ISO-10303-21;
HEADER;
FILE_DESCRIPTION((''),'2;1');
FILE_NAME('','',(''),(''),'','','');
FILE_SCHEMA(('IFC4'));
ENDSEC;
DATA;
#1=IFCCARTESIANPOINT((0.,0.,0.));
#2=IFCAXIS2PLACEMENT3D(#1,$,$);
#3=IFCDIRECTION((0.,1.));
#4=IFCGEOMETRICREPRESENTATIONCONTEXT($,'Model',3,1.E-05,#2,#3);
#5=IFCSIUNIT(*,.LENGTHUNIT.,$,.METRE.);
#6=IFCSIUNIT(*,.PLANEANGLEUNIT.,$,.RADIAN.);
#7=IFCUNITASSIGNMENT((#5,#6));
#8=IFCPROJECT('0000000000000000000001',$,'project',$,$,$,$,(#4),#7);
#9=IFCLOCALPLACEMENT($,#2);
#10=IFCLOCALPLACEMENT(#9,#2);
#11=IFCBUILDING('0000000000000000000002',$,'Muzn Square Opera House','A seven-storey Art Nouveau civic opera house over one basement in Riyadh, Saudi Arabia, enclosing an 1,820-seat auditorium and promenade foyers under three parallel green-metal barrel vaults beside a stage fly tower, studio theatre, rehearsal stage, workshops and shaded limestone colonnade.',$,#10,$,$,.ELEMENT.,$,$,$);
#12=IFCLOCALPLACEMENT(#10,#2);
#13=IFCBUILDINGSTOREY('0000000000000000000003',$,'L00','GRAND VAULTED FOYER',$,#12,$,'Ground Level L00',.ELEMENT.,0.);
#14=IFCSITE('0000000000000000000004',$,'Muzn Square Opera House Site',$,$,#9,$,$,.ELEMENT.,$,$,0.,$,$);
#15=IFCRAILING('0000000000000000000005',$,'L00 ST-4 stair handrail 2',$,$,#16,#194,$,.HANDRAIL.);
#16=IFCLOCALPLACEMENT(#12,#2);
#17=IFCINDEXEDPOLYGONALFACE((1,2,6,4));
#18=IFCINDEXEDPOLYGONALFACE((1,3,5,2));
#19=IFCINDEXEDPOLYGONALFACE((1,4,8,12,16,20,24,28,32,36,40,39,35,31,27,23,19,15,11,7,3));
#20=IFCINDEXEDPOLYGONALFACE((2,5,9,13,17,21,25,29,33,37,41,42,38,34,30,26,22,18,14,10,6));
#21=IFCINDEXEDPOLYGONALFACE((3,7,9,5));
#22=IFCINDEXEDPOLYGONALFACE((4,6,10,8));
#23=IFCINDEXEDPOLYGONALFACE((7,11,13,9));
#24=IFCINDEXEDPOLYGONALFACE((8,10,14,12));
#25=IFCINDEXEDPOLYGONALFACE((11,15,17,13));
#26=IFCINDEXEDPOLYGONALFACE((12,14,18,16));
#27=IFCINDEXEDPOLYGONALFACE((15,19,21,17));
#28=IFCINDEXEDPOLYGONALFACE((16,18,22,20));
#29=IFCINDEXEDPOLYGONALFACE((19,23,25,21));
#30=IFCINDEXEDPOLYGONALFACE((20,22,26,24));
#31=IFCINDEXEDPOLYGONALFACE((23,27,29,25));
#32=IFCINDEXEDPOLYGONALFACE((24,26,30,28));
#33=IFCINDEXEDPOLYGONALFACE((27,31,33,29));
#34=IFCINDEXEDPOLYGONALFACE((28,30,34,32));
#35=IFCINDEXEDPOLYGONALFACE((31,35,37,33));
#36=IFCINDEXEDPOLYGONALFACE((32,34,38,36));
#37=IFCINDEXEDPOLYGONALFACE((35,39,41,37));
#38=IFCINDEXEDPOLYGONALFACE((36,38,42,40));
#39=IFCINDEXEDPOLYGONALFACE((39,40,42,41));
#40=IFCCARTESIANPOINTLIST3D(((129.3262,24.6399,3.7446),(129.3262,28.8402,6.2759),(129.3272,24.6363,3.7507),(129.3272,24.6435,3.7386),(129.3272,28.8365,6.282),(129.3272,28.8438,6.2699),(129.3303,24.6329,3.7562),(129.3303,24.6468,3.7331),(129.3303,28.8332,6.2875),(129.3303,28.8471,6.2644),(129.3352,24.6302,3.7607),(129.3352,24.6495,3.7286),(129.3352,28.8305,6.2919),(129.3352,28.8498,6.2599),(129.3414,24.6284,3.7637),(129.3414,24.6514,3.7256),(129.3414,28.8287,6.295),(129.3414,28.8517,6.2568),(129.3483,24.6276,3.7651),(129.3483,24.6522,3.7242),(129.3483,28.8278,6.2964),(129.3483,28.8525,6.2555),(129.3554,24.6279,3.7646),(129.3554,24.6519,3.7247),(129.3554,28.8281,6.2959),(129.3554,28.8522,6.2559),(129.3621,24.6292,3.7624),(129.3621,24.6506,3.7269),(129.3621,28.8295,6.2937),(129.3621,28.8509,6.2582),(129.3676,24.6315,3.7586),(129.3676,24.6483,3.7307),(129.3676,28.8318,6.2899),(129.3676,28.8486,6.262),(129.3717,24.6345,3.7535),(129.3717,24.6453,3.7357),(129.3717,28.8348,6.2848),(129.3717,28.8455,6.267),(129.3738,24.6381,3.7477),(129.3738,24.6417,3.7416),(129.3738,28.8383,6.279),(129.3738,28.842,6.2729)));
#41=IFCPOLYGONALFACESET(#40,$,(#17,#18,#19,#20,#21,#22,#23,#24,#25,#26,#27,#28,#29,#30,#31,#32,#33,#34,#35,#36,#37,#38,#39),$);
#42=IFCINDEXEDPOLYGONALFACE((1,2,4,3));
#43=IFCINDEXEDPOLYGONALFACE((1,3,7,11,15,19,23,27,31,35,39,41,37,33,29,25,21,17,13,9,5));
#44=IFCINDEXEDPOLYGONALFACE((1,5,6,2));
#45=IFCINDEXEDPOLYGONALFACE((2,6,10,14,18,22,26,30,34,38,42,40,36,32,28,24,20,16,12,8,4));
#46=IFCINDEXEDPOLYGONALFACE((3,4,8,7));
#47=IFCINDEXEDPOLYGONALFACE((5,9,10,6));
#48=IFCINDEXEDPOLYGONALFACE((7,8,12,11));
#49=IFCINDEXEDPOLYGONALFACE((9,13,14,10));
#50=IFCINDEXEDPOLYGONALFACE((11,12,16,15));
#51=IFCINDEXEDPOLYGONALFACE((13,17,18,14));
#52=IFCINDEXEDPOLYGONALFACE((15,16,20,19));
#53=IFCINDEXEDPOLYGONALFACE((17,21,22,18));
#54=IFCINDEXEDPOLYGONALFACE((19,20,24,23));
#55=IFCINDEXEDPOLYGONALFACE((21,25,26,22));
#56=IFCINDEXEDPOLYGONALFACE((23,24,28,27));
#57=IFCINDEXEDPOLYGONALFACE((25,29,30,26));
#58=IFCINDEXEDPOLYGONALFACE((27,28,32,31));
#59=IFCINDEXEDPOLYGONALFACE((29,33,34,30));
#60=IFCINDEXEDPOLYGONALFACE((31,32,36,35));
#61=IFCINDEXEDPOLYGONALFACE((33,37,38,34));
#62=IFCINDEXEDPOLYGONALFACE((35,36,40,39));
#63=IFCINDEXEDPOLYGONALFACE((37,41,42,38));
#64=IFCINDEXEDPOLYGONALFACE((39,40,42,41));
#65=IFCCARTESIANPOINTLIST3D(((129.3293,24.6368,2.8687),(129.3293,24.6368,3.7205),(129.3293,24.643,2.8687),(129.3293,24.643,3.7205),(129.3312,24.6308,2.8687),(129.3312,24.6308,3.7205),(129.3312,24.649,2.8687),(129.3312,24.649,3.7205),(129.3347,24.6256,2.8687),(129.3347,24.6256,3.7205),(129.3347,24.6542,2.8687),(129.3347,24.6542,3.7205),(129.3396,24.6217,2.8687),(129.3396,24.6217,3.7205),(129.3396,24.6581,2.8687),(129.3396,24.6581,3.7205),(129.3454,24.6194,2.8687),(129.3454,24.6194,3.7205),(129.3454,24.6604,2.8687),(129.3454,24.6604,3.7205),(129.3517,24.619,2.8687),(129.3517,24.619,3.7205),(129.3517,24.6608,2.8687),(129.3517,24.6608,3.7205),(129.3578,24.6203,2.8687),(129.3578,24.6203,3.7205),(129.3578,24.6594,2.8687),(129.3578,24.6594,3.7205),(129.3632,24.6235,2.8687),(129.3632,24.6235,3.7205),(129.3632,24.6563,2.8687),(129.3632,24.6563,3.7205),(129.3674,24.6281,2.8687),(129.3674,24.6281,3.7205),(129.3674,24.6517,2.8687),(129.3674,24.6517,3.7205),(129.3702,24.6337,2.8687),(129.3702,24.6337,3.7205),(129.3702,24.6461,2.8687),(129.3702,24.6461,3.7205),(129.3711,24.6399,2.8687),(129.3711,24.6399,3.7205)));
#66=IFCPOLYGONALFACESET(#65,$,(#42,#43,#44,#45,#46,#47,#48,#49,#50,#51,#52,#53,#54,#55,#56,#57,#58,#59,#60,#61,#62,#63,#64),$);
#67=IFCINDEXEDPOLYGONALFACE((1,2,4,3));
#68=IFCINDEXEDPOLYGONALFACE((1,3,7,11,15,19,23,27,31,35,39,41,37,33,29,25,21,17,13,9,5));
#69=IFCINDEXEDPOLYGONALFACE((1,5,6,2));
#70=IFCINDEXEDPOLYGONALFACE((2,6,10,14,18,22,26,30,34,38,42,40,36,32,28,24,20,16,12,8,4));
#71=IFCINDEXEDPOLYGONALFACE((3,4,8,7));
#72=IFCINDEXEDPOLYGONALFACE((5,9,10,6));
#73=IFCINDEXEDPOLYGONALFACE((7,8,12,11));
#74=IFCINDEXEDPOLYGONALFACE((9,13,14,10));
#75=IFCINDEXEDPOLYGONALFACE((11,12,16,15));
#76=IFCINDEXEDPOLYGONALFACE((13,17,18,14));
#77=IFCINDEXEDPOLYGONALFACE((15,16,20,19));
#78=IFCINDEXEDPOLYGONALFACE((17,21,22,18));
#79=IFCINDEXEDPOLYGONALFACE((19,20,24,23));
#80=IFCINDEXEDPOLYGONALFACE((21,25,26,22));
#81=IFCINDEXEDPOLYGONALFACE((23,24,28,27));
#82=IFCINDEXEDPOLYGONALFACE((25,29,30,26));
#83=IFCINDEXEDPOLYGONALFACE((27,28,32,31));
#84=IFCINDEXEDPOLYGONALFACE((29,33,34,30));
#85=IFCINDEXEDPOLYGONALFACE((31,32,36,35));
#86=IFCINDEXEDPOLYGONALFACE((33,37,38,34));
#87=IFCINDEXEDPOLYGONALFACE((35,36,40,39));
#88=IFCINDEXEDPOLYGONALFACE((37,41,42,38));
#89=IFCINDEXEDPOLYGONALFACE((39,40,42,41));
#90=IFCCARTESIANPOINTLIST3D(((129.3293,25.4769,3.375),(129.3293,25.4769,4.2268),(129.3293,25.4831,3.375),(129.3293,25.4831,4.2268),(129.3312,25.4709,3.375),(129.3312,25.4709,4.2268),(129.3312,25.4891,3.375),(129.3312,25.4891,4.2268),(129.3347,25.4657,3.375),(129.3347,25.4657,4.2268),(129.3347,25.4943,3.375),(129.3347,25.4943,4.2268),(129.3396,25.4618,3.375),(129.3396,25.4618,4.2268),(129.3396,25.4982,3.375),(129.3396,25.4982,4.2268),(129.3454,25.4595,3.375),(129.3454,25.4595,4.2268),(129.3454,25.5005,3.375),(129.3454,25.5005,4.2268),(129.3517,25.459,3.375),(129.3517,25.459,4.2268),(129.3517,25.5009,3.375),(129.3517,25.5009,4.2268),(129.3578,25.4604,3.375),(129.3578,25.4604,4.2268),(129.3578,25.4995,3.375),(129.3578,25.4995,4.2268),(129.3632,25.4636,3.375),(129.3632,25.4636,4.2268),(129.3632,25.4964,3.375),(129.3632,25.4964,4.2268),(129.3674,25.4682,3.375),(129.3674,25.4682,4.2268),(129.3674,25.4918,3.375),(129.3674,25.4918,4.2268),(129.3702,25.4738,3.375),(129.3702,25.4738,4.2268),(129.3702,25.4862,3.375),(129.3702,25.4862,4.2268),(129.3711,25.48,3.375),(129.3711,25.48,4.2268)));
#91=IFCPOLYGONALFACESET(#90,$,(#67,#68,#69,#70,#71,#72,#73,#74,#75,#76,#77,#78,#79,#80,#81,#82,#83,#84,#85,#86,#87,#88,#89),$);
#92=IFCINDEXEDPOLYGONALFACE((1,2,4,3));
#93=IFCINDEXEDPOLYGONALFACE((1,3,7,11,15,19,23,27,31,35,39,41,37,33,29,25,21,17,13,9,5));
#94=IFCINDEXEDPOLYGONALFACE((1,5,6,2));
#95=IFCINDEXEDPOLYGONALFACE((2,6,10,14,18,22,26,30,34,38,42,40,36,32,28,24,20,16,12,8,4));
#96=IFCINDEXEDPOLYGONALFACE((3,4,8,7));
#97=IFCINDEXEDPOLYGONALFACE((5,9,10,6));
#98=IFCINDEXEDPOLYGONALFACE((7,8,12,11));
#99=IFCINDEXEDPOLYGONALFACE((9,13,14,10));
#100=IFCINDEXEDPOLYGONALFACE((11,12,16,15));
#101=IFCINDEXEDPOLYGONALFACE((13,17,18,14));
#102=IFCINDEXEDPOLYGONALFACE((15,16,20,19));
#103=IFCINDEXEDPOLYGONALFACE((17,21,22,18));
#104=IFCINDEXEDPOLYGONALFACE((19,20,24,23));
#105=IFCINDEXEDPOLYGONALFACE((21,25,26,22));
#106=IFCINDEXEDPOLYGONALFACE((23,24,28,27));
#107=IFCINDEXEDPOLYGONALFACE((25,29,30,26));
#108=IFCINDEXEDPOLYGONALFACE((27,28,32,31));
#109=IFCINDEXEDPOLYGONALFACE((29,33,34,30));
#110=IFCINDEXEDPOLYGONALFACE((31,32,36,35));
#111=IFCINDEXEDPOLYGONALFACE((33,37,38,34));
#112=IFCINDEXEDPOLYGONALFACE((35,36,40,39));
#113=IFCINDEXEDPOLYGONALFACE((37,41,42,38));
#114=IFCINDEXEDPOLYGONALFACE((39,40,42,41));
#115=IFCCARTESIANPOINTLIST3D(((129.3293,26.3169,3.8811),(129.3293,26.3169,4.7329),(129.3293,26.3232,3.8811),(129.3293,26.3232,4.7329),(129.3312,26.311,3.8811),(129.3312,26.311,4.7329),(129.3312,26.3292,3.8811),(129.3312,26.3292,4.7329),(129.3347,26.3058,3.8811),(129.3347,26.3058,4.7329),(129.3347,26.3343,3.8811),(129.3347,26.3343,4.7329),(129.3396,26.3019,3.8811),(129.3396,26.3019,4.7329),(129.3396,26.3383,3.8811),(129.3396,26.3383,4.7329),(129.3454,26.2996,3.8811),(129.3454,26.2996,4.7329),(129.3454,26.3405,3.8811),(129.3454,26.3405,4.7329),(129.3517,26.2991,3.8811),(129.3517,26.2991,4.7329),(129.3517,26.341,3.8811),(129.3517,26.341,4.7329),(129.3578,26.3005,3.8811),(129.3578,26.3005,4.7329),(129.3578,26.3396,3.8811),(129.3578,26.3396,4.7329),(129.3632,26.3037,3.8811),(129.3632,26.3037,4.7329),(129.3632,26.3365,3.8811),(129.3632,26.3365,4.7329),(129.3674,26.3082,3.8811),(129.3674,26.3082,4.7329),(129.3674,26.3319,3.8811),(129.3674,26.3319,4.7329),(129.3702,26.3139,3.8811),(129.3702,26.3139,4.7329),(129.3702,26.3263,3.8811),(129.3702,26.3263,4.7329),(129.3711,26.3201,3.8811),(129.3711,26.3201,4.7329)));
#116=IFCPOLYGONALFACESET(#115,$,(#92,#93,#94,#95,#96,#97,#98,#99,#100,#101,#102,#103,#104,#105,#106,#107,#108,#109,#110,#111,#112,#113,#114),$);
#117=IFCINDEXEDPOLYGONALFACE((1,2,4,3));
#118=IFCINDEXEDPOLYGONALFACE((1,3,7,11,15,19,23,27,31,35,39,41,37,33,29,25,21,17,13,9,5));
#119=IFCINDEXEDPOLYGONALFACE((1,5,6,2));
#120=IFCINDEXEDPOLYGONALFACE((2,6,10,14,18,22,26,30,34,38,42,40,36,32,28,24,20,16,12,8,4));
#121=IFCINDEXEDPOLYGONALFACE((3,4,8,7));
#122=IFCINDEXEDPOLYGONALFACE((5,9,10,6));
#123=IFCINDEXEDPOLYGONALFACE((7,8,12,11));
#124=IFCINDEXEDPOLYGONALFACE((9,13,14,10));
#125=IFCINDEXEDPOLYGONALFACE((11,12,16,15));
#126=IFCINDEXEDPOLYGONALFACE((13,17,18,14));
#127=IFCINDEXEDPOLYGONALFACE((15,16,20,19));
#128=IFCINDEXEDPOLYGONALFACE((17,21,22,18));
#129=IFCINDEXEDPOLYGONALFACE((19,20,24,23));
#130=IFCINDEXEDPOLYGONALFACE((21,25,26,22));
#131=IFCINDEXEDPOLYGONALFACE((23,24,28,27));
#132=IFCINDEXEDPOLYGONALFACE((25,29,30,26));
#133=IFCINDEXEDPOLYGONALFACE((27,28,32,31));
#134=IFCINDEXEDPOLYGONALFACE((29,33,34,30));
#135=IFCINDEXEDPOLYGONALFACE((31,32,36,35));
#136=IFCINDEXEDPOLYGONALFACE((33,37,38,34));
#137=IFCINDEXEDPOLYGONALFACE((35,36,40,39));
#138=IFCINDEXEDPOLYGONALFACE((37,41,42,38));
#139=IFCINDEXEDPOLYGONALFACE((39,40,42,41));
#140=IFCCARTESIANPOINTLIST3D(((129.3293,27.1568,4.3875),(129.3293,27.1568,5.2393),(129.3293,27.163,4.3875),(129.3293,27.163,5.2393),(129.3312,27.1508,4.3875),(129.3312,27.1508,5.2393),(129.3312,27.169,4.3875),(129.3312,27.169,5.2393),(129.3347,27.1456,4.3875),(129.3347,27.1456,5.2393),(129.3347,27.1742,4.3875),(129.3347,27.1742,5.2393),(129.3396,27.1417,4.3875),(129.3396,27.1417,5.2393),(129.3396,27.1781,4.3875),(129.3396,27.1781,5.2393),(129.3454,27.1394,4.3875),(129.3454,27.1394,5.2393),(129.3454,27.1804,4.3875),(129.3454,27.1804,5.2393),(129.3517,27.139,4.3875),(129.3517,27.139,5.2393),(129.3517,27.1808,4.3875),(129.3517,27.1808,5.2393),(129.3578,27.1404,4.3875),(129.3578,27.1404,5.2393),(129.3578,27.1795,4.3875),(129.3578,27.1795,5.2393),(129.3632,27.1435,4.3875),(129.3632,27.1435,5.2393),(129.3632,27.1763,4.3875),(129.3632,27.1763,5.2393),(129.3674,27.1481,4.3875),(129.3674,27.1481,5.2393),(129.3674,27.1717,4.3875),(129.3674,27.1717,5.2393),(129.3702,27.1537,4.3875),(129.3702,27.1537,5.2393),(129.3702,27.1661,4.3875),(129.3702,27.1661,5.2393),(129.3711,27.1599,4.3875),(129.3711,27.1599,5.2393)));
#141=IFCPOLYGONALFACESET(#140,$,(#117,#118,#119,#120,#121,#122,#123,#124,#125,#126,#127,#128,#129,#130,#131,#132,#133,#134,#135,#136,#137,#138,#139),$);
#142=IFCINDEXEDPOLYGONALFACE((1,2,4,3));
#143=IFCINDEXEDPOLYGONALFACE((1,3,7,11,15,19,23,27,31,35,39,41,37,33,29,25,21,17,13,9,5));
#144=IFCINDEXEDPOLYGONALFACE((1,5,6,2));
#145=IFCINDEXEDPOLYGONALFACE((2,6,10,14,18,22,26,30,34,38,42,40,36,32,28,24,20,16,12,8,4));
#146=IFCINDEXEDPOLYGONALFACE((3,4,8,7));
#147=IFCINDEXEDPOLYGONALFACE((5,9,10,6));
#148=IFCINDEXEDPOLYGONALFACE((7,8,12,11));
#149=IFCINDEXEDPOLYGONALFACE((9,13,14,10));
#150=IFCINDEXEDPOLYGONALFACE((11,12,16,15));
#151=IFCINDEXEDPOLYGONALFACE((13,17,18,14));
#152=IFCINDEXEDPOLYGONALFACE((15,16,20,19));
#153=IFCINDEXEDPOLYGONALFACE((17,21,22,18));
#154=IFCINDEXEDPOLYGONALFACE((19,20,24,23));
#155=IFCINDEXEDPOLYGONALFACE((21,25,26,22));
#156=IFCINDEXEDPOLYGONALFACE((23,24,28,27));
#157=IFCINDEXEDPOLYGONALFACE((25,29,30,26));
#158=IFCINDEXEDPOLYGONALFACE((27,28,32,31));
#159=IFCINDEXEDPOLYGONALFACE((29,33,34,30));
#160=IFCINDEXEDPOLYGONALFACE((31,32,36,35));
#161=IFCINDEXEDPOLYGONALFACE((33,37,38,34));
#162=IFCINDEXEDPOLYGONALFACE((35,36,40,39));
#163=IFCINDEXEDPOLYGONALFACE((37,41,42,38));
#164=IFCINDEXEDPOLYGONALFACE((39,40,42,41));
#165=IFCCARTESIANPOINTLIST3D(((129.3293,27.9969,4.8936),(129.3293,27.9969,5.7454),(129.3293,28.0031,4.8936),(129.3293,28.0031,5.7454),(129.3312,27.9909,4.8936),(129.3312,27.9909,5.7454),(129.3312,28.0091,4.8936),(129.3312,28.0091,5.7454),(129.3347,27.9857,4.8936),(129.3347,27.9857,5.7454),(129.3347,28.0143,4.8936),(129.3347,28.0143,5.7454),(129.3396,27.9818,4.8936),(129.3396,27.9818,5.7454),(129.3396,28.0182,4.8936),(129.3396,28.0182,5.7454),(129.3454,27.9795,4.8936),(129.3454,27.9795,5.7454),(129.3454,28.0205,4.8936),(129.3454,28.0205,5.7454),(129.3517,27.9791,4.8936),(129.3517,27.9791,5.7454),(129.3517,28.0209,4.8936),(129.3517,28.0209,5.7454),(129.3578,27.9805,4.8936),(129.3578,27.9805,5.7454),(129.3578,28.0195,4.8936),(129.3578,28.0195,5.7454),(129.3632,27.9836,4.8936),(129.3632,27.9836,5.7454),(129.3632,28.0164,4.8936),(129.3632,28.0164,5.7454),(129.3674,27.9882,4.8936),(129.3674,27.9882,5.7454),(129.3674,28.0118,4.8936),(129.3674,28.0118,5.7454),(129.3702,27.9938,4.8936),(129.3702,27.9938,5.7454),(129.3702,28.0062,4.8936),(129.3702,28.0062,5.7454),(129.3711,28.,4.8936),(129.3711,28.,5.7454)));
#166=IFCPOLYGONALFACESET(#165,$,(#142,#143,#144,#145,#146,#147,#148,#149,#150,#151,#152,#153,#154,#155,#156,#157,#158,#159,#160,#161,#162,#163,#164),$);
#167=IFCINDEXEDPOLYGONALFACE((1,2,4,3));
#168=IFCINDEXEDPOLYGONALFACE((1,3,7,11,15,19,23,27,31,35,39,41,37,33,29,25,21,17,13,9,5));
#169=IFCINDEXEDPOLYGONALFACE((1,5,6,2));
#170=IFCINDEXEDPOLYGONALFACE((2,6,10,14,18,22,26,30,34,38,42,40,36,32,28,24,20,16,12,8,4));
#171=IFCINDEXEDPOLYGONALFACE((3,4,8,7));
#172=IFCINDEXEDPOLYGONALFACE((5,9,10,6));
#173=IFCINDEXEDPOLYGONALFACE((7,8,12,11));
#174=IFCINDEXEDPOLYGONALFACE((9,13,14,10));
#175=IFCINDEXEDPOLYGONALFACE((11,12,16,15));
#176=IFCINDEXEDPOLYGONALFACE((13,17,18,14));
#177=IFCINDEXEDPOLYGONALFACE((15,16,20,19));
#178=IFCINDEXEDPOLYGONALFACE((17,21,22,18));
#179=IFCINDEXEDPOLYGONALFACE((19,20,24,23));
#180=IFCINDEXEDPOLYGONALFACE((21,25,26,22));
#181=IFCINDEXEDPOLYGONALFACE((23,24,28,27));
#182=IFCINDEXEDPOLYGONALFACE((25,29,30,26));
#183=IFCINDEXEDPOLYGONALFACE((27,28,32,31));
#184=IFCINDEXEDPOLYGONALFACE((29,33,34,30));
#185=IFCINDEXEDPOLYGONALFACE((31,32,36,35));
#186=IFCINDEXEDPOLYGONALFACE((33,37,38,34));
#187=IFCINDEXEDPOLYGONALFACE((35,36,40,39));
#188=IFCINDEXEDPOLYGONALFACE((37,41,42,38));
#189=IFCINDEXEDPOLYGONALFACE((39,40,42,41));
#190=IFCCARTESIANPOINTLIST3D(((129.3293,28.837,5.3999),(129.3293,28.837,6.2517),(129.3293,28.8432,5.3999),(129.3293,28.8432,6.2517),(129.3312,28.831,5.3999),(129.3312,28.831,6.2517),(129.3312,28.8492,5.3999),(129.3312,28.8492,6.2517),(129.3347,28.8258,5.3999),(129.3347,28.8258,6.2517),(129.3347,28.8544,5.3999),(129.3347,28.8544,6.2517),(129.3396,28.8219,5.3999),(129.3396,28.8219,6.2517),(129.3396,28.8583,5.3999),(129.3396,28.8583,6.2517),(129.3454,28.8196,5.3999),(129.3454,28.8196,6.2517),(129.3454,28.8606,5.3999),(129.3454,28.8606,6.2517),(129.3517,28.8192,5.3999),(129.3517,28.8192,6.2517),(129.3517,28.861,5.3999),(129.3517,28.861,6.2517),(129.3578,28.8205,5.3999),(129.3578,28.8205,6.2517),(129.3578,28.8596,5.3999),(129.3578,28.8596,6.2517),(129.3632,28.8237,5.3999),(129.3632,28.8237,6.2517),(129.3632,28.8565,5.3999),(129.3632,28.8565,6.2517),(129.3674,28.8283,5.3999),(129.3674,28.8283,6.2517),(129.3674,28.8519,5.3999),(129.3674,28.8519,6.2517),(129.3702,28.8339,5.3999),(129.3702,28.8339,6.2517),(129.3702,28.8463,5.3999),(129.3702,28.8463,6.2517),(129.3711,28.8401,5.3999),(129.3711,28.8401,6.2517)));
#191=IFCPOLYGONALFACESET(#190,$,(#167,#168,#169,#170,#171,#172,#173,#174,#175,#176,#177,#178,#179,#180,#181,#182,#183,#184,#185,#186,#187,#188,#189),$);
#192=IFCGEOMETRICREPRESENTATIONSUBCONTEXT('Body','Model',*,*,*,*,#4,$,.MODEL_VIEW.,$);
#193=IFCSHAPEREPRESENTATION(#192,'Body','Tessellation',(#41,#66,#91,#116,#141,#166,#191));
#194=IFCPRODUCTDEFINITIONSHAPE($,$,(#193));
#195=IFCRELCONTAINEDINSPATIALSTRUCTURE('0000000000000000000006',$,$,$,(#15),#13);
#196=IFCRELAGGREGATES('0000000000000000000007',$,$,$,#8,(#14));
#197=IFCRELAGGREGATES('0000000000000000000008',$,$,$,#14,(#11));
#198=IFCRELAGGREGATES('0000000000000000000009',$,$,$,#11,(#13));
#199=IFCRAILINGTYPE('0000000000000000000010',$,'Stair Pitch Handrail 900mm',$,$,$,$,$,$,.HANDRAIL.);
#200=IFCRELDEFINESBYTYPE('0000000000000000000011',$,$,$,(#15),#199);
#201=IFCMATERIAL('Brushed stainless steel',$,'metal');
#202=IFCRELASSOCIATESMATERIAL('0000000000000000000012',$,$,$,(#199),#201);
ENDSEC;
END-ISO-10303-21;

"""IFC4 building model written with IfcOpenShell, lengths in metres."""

from ifc_helpers import new_model, si_unit, direction, frame, origin, origin_2d, place, context, subcontext, project, spatial, circle, extrude, material, type_object, element, save


model = new_model("IFC4")

# Units and contexts
model_context = context("Model", 3, precision=1e-05, world=origin(), true_north=direction((0.0, 1.0)))
body_context = subcontext(model_context, "Body", "Model", "MODEL_VIEW")
ifc_project = project(units=[si_unit("LENGTHUNIT", "METRE"), si_unit("PLANEANGLEUNIT", "RADIAN")], contexts=[model_context])

# Site, building, storey
site_placement = place(None, origin())
site = spatial("IfcSite", under=ifc_project, at=site_placement, Name="Muzn Square Opera House Site", CompositionType="ELEMENT", RefElevation=0.0)
building_placement = place(site_placement, origin())
building = spatial("IfcBuilding", under=site, at=building_placement, Name="Muzn Square Opera House", Description="A seven-storey Art Nouveau civic opera house over one basement in Riyadh, Saudi Arabia, enclosing an 1,820-seat auditorium and promenade foyers under three parallel green-metal barrel vaults beside a stage fly tower, studio theatre, rehearsal stage, workshops and shaded limestone colonnade.", CompositionType="ELEMENT")
storey_placement = place(building_placement, origin())
storey = spatial("IfcBuildingStorey", under=building, at=storey_placement, Name="L00", Description="GRAND VAULTED FOYER", LongName="Ground Level L00", CompositionType="ELEMENT", Elevation=0.0)

# Railing
ifc_material_1 = material(Name="Brushed stainless steel", Category="metal")
railing_type_1 = type_object("IfcRailingType", Name="Stair Pitch Handrail 900mm", PredefinedType="HANDRAIL", material=ifc_material_1)
railing_1_placement = place(storey_placement, frame((129.3501, 24.6399, 2.8687)))
element("IfcRailing", 1, at=railing_1_placement, inside=storey, type_object=railing_type_1, Name="L00 ST-4 stair handrail 2", PredefinedType="HANDRAIL", context=body_context, shape_type="SweptSolid", body=[
    extrude(circle(Radius=0.0239, at=origin_2d()), frame((0.0, 0.0, 0.876), z_axis=(0.0, 0.85649, 0.516164), x_axis=(-1.0, 0.0, 0.0)), (0.0, 0.0, 1.0), 4.9041),
    extrude(circle(Radius=0.021, at=origin_2d()), origin(), (0.0, 0.0, 1.0), 0.8518),
    extrude(circle(Radius=0.021, at=origin_2d()), frame((0.0, 0.8401, 0.5063)), (0.0, 0.0, 1.0), 0.8518),
    extrude(circle(Radius=0.021, at=origin_2d()), frame((0.0, 1.6802, 1.0125)), (0.0, 0.0, 1.0), 0.8518),
    extrude(circle(Radius=0.021, at=origin_2d()), frame((0.0, 2.52, 1.5188)), (0.0, 0.0, 1.0), 0.8518),
    extrude(circle(Radius=0.021, at=origin_2d()), frame((0.0, 3.3601, 2.0249)), (0.0, 0.0, 1.0), 0.8518),
    extrude(circle(Radius=0.021, at=origin_2d()), frame((0.0, 4.2002, 2.5312)), (0.0, 0.0, 1.0), 0.8518),
])

save(model, "model.ifc")
